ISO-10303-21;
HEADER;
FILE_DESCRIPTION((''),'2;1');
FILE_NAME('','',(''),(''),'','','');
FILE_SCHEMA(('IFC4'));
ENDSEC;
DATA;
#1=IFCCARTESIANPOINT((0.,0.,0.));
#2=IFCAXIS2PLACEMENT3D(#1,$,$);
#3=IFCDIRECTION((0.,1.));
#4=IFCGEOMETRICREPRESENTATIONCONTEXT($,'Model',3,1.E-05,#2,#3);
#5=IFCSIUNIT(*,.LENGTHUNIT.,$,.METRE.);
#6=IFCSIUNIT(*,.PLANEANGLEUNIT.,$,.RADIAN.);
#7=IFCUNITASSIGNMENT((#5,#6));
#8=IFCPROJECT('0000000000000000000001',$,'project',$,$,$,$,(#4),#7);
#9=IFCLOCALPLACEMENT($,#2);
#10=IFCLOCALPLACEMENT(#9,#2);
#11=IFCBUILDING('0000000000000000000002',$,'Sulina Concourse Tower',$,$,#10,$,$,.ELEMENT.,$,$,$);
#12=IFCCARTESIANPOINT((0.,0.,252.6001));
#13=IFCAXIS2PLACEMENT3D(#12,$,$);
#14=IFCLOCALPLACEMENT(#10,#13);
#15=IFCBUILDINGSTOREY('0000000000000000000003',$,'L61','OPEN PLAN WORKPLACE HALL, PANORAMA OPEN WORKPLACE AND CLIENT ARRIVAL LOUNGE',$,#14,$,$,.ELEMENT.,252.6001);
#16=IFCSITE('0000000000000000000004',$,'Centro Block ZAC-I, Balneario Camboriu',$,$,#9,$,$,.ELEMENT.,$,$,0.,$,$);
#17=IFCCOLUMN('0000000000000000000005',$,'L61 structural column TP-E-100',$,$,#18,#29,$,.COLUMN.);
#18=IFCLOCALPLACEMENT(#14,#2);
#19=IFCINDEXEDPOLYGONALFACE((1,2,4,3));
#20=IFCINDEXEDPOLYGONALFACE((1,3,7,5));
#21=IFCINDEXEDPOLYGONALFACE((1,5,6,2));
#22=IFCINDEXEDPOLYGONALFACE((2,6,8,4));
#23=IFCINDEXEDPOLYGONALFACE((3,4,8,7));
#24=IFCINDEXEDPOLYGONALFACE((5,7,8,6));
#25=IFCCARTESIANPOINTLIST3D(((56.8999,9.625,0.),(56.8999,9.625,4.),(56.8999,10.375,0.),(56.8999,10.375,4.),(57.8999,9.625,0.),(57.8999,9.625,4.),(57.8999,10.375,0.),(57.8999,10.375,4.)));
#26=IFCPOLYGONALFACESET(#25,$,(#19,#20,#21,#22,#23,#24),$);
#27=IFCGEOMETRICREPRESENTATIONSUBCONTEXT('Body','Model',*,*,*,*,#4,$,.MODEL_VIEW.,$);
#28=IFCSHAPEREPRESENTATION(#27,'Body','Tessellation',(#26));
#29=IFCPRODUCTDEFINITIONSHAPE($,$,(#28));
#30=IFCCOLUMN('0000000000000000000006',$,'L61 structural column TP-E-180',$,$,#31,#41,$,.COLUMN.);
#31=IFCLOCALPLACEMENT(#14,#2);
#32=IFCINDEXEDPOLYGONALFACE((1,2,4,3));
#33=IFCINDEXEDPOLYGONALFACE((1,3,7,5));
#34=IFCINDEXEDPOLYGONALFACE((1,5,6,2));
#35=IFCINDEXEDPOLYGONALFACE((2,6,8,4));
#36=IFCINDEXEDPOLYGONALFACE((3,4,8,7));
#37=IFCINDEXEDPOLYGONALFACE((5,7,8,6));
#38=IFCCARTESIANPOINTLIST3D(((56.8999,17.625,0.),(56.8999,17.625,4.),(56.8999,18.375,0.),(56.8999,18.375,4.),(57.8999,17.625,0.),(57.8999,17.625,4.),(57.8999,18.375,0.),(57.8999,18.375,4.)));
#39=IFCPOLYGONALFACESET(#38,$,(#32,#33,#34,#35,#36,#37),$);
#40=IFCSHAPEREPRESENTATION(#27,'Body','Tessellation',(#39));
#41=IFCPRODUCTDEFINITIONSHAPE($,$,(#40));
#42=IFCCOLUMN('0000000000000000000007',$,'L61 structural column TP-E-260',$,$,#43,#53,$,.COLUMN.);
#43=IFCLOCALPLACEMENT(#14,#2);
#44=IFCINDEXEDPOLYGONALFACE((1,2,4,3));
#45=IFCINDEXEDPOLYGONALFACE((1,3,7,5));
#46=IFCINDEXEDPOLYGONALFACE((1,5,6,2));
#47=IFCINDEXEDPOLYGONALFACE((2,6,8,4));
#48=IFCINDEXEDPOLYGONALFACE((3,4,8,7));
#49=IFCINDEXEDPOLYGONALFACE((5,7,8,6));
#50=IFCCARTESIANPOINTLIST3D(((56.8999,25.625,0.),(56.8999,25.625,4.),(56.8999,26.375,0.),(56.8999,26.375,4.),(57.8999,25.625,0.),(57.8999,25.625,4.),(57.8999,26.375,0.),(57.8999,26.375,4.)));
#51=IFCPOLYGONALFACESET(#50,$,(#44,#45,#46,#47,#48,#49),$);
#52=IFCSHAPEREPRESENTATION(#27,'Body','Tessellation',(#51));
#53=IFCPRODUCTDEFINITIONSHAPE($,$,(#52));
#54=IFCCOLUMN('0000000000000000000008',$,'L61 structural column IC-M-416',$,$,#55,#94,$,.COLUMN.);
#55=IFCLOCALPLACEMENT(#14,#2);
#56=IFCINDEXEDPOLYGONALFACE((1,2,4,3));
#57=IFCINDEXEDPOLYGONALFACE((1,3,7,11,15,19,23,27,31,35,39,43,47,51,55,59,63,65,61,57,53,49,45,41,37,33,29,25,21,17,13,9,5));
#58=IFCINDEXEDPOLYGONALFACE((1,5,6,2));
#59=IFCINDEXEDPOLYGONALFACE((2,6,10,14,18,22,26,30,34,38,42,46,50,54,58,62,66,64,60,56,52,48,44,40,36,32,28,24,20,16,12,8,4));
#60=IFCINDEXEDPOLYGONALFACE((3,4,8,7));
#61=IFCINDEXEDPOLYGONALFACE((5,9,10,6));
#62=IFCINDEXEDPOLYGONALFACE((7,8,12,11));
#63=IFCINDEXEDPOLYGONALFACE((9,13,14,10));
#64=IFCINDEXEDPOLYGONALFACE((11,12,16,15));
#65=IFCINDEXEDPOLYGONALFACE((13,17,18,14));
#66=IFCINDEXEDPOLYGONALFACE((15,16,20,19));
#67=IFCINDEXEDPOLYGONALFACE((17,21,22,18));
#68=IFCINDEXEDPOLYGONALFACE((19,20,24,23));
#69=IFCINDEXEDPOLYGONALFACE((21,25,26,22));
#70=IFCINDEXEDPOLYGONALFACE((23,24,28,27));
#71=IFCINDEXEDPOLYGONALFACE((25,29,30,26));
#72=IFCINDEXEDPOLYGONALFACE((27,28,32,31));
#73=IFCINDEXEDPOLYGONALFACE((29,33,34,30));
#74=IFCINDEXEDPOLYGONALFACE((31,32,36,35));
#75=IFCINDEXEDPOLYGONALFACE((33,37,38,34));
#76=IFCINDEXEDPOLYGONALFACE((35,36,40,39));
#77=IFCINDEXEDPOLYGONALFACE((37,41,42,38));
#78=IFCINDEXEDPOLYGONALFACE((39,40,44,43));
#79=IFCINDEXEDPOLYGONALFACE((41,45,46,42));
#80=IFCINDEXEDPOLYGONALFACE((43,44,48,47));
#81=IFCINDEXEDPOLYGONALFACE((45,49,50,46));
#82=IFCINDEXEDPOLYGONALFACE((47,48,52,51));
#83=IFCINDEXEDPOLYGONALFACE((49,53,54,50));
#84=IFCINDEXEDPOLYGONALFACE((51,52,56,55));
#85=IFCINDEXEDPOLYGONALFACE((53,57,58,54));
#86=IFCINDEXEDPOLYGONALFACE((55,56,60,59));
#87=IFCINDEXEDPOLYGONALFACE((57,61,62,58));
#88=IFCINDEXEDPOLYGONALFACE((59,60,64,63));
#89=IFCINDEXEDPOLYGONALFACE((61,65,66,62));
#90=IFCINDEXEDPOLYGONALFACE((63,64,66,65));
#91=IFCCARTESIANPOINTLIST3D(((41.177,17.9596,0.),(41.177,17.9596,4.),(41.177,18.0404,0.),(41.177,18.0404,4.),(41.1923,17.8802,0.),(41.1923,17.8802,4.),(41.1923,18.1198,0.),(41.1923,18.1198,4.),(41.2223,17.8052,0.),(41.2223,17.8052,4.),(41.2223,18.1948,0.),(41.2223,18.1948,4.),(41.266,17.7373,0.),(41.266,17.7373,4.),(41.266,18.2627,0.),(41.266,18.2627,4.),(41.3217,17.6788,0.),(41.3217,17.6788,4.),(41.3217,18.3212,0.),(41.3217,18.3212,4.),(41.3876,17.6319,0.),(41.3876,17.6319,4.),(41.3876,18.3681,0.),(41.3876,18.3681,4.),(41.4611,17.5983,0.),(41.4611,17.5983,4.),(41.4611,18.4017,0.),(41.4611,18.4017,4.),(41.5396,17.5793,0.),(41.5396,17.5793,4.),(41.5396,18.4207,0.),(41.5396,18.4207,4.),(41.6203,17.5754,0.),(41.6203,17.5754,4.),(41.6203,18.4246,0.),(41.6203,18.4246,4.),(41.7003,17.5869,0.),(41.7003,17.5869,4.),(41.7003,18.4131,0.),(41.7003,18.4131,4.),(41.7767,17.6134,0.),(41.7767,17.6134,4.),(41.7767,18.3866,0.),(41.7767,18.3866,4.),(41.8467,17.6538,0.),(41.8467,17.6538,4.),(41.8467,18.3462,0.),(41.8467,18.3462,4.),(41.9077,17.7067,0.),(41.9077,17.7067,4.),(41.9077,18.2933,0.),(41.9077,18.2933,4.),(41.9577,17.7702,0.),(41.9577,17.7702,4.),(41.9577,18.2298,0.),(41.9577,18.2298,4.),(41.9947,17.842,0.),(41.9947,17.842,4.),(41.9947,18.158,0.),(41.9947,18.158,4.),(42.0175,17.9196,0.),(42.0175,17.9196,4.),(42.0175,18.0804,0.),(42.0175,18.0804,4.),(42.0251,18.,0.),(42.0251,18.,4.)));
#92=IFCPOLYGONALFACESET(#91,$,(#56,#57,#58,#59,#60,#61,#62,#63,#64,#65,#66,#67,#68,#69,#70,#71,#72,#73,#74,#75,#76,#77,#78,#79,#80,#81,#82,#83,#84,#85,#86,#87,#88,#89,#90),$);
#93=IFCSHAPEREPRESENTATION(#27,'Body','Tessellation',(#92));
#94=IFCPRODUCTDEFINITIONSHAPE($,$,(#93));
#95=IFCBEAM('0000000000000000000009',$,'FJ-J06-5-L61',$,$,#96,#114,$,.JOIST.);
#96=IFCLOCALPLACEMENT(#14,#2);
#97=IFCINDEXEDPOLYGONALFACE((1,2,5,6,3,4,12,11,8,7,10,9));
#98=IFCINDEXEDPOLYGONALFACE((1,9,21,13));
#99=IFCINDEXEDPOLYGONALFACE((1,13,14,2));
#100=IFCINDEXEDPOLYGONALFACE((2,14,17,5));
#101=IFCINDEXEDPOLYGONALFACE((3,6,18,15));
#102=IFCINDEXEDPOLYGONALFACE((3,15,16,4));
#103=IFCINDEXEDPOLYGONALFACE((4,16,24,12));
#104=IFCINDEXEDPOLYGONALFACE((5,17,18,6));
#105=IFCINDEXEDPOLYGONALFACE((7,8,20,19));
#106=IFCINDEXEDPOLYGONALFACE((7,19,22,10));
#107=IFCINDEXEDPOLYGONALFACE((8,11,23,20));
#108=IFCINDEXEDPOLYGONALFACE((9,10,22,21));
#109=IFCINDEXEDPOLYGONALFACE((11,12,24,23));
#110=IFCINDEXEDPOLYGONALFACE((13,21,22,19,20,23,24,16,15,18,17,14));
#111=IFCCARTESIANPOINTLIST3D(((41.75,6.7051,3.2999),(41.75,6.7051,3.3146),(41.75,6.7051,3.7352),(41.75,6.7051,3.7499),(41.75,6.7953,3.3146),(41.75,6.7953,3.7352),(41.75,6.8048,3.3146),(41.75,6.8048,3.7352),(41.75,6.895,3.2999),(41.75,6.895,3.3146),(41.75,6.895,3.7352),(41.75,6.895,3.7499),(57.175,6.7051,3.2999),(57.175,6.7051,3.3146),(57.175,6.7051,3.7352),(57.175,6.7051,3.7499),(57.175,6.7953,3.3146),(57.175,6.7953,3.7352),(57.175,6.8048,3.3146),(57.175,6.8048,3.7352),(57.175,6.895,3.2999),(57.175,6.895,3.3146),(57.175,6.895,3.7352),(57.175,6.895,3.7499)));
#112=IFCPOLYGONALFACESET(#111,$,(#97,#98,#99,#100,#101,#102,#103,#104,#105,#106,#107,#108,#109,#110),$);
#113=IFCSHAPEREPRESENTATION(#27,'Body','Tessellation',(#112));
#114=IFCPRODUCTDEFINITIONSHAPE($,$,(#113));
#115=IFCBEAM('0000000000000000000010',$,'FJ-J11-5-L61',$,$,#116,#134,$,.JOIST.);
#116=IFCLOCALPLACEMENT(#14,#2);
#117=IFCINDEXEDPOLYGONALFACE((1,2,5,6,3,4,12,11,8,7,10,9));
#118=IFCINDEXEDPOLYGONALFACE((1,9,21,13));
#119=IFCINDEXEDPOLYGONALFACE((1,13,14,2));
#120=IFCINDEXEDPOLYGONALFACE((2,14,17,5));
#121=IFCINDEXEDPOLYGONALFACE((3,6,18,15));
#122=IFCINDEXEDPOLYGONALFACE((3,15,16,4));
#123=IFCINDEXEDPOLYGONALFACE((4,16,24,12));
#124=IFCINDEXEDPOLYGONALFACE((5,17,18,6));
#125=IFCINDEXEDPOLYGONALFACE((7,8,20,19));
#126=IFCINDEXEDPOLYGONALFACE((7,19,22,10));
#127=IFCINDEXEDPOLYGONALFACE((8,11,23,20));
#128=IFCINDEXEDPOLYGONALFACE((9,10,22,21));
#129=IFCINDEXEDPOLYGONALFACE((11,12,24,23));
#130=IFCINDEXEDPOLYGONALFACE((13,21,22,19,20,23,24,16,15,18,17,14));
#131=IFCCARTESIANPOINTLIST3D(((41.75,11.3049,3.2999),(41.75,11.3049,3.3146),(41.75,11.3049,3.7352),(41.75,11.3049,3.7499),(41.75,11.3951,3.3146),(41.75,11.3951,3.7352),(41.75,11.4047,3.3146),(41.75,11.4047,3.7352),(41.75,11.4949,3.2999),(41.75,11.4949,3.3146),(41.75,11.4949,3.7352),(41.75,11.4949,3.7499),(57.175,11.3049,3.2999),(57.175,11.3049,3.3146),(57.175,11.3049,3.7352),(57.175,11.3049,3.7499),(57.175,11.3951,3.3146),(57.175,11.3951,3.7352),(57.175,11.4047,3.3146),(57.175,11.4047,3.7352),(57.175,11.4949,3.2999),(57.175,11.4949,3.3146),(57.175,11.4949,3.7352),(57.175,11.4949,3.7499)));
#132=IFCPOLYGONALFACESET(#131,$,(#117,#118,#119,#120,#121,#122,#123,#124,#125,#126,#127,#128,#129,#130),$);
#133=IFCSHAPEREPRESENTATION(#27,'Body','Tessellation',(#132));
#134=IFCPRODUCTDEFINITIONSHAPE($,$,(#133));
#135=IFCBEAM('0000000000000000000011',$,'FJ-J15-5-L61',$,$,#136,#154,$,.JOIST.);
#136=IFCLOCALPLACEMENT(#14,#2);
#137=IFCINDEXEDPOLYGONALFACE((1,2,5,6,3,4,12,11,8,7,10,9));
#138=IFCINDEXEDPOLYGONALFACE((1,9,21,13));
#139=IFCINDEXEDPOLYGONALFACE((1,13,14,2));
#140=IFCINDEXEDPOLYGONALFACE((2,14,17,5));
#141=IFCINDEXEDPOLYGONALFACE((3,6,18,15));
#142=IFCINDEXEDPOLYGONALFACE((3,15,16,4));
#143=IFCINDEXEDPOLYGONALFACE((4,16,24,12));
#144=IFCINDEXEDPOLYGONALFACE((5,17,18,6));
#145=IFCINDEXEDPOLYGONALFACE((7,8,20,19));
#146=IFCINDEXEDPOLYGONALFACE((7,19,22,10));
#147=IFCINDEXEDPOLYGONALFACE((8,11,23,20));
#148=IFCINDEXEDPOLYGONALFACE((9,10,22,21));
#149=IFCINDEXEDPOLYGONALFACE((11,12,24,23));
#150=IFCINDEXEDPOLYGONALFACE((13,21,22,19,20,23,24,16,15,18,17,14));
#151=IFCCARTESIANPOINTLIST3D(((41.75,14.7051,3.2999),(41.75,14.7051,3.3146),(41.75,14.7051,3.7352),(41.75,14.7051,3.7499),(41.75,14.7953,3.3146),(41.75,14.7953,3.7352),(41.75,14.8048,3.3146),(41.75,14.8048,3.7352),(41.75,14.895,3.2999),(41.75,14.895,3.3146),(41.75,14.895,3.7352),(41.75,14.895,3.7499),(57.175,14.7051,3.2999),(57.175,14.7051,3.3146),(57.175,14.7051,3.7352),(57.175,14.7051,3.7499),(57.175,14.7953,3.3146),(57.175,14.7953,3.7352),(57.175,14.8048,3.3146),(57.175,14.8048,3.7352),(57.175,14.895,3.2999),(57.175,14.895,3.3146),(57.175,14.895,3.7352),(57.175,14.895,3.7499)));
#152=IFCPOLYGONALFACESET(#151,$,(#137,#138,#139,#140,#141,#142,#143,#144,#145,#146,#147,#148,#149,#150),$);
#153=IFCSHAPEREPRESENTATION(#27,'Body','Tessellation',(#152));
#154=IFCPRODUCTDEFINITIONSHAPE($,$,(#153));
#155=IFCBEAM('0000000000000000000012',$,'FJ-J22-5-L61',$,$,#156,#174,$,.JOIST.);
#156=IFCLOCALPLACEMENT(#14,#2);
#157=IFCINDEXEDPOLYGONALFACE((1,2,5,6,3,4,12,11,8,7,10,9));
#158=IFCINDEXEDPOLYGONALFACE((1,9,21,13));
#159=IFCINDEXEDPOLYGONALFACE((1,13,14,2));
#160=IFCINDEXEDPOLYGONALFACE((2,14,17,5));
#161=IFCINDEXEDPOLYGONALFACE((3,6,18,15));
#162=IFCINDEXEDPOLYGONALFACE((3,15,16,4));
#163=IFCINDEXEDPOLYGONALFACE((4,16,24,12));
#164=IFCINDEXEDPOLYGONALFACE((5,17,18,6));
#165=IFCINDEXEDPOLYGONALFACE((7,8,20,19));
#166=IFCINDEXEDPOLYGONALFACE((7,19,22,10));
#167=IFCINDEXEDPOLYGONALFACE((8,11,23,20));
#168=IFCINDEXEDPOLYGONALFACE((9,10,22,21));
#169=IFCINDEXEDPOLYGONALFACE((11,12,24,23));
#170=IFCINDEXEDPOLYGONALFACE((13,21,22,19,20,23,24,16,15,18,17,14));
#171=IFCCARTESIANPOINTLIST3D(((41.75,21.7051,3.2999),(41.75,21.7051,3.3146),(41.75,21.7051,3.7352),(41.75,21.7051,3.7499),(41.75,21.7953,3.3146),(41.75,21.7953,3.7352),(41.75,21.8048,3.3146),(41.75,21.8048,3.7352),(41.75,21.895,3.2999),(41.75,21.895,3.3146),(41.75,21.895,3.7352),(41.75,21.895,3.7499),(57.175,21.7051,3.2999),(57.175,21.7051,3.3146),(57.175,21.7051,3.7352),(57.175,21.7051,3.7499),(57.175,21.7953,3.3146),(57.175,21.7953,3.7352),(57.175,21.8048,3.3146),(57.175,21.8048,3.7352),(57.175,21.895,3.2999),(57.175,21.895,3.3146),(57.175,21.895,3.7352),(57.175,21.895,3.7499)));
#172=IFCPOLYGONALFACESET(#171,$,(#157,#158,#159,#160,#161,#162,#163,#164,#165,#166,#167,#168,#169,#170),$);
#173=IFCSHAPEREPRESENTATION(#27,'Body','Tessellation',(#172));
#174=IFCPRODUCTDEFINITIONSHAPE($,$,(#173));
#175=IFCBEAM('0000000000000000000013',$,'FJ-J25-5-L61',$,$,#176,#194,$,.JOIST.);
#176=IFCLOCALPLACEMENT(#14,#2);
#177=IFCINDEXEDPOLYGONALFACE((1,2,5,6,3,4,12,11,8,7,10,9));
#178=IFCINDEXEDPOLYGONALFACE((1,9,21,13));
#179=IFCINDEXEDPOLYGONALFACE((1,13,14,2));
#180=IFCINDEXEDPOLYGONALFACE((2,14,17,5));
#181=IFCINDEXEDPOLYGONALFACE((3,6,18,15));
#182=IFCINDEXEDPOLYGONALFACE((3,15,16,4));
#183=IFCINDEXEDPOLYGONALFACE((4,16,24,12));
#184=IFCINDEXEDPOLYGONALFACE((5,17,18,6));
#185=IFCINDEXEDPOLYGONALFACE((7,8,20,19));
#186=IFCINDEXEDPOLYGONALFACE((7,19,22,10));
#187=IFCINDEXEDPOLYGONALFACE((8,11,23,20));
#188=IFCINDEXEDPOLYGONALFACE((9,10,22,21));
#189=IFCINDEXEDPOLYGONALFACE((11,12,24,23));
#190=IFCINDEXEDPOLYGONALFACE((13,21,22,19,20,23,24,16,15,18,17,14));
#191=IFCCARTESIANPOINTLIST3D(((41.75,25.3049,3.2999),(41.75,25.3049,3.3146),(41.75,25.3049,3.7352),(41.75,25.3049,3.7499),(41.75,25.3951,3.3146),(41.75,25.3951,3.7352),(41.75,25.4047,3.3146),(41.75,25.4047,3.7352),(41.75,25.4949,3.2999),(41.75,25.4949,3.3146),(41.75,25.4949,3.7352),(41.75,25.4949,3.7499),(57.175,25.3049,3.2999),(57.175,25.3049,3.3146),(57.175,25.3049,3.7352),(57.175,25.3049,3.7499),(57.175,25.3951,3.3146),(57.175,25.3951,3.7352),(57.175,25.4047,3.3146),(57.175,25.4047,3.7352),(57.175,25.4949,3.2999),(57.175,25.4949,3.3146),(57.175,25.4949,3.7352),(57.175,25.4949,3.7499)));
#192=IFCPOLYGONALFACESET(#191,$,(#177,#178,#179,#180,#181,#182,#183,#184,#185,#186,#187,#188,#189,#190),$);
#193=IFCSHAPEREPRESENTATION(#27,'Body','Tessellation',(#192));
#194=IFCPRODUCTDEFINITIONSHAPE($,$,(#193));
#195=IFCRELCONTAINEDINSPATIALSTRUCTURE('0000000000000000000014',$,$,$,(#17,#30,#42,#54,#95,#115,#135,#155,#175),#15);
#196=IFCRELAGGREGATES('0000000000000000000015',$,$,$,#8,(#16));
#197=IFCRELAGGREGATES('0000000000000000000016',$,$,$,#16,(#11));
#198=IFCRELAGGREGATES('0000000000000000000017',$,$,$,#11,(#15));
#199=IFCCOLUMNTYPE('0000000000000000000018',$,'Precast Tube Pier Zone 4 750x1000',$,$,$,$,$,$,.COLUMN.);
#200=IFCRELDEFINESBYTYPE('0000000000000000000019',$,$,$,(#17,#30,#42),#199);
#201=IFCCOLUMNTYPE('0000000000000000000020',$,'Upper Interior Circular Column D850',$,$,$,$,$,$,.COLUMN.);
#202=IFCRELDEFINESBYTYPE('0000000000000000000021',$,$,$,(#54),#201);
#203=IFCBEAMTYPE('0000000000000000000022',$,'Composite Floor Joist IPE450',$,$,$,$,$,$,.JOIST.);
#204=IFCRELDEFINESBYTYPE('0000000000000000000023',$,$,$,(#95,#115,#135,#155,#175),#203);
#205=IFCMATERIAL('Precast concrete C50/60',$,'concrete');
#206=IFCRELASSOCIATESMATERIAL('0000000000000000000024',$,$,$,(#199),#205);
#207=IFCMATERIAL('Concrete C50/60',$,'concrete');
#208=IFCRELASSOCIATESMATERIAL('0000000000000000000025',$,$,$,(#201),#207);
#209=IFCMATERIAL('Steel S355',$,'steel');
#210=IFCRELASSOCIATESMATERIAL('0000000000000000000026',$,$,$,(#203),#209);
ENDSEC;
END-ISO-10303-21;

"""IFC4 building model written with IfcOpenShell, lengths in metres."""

from ifc_helpers import new_model, si_unit, direction, frame, origin, origin_2d, place, context, subcontext, project, spatial, rectangle, circle, i_section, extrude, material, material_profile, profile_set, type_object, element, save


model = new_model("IFC4")

# Units and contexts
model_context = context("Model", 3, precision=1e-05, world=origin(), true_north=direction((0.0, 1.0)))
body_context = subcontext(model_context, "Body", "Model", "MODEL_VIEW")
ifc_project = project(units=[si_unit("LENGTHUNIT", "METRE"), si_unit("PLANEANGLEUNIT", "RADIAN")], contexts=[model_context])

# Site, building, storey
site_placement = place(None, origin())
site = spatial("IfcSite", under=ifc_project, at=site_placement, Name="Centro Block ZAC-I, Balneario Camboriu", CompositionType="ELEMENT", RefElevation=0.0)
building_placement = place(site_placement, origin())
building = spatial("IfcBuilding", under=site, at=building_placement, Name="Sulina Concourse Tower", CompositionType="ELEMENT")
storey_placement = place(building_placement, frame((0.0, 0.0, 252.6001)))
storey = spatial("IfcBuildingStorey", under=building, at=storey_placement, Name="L61", Description="OPEN PLAN WORKPLACE HALL, PANORAMA OPEN WORKPLACE AND CLIENT ARRIVAL LOUNGE", CompositionType="ELEMENT", Elevation=252.6001)

# Columns
ifc_material_1 = material(Name="Precast concrete C50/60", Category="concrete")
ifc_material_profile_1 = material_profile(ifc_material_1, rectangle(XDim=0.75, YDim=1.0, at=origin_2d()), Name="PC 750x1000")
ifc_profile_set_1 = profile_set([ifc_material_profile_1], Name="Precast concrete C50/60")
column_type_1 = type_object("IfcColumnType", Name="Precast Tube Pier Zone 4 750x1000", PredefinedType="COLUMN", material=ifc_profile_set_1)
for number, where, z_axis, x_axis, name in (
    (1, (57.3999, 10.0, 0.0), (0.0, 0.0, 1.0), (0.0, 1.0, 0.0), "L61 structural column TP-E-100"),
    (2, (57.3999, 18.0, 0.0), (0.0, 0.0, 1.0), (0.0, 1.0, 0.0), "L61 structural column TP-E-180"),
    (3, (57.3999, 26.0, 0.0), (0.0, 0.0, 1.0), (0.0, 1.0, 0.0), "L61 structural column TP-E-260"),
):
    element("IfcColumn", number, at=place(storey_placement, frame(where, z_axis=z_axis, x_axis=x_axis)), inside=storey, type_object=column_type_1, Name=name, PredefinedType="COLUMN", context=body_context, shape_type="SweptSolid", body=[
        extrude(rectangle(XDim=0.75, YDim=1.0, at=origin_2d()), origin(), (0.0, 0.0, 1.0), 4.0),
    ])
ifc_material_2 = material(Name="Concrete C50/60", Category="concrete")
ifc_material_profile_2 = material_profile(ifc_material_2, circle(Radius=0.425, at=origin_2d()), Name="RC D850")
ifc_profile_set_2 = profile_set([ifc_material_profile_2], Name="Concrete C50/60")
column_type_2 = type_object("IfcColumnType", Name="Upper Interior Circular Column D850", PredefinedType="COLUMN", material=ifc_profile_set_2)
column_placement = place(storey_placement, frame((41.6001, 18.0, 0.0), z_axis=(0.0, 0.0, 1.0), x_axis=(1.0, 0.0, 0.0)))
element("IfcColumn", 4, at=column_placement, inside=storey, type_object=column_type_2, Name="L61 structural column IC-M-416", PredefinedType="COLUMN", context=body_context, shape_type="SweptSolid", body=[
    extrude(circle(Radius=0.425, at=origin_2d()), origin(), (0.0, 0.0, 1.0), 4.0),
])

# Beams
ifc_material_3 = material(Name="Steel S355", Category="steel")
ifc_material_profile_3 = material_profile(ifc_material_3, i_section(OverallWidth=0.1899, OverallDepth=0.45, WebThickness=0.0095, FlangeThickness=0.0146, at=origin_2d()), Name="IPE 450")
ifc_profile_set_3 = profile_set([ifc_material_profile_3], Name="Steel S355")
beam_type_1 = type_object("IfcBeamType", Name="Composite Floor Joist IPE450", PredefinedType="JOIST", material=ifc_profile_set_3)
for number, where, z_axis, x_axis, name in (
    (5, (41.75, 6.8, 3.5249), (1.0, 0.0, 0.0), (0.0, 1.0, 0.0), "FJ-J06-5-L61"),
    (6, (41.75, 11.3999, 3.5249), (1.0, 0.0, 0.0), (0.0, 1.0, 0.0), "FJ-J11-5-L61"),
    (7, (41.75, 14.8, 3.5249), (1.0, 0.0, 0.0), (0.0, 1.0, 0.0), "FJ-J15-5-L61"),
    (8, (41.75, 21.8, 3.5249), (1.0, 0.0, 0.0), (0.0, 1.0, 0.0), "FJ-J22-5-L61"),
    (9, (41.75, 25.3999, 3.5249), (1.0, 0.0, 0.0), (0.0, 1.0, 0.0), "FJ-J25-5-L61"),
):
    element("IfcBeam", number, at=place(storey_placement, frame(where, z_axis=z_axis, x_axis=x_axis)), inside=storey, type_object=beam_type_1, Name=name, PredefinedType="JOIST", context=body_context, shape_type="SweptSolid", body=[
        extrude(i_section(OverallWidth=0.1899, OverallDepth=0.45, WebThickness=0.0095, FlangeThickness=0.0146, at=origin_2d()), origin(), (0.0, 0.0, 1.0), 15.425),
    ])

save(model, "model.ifc")
